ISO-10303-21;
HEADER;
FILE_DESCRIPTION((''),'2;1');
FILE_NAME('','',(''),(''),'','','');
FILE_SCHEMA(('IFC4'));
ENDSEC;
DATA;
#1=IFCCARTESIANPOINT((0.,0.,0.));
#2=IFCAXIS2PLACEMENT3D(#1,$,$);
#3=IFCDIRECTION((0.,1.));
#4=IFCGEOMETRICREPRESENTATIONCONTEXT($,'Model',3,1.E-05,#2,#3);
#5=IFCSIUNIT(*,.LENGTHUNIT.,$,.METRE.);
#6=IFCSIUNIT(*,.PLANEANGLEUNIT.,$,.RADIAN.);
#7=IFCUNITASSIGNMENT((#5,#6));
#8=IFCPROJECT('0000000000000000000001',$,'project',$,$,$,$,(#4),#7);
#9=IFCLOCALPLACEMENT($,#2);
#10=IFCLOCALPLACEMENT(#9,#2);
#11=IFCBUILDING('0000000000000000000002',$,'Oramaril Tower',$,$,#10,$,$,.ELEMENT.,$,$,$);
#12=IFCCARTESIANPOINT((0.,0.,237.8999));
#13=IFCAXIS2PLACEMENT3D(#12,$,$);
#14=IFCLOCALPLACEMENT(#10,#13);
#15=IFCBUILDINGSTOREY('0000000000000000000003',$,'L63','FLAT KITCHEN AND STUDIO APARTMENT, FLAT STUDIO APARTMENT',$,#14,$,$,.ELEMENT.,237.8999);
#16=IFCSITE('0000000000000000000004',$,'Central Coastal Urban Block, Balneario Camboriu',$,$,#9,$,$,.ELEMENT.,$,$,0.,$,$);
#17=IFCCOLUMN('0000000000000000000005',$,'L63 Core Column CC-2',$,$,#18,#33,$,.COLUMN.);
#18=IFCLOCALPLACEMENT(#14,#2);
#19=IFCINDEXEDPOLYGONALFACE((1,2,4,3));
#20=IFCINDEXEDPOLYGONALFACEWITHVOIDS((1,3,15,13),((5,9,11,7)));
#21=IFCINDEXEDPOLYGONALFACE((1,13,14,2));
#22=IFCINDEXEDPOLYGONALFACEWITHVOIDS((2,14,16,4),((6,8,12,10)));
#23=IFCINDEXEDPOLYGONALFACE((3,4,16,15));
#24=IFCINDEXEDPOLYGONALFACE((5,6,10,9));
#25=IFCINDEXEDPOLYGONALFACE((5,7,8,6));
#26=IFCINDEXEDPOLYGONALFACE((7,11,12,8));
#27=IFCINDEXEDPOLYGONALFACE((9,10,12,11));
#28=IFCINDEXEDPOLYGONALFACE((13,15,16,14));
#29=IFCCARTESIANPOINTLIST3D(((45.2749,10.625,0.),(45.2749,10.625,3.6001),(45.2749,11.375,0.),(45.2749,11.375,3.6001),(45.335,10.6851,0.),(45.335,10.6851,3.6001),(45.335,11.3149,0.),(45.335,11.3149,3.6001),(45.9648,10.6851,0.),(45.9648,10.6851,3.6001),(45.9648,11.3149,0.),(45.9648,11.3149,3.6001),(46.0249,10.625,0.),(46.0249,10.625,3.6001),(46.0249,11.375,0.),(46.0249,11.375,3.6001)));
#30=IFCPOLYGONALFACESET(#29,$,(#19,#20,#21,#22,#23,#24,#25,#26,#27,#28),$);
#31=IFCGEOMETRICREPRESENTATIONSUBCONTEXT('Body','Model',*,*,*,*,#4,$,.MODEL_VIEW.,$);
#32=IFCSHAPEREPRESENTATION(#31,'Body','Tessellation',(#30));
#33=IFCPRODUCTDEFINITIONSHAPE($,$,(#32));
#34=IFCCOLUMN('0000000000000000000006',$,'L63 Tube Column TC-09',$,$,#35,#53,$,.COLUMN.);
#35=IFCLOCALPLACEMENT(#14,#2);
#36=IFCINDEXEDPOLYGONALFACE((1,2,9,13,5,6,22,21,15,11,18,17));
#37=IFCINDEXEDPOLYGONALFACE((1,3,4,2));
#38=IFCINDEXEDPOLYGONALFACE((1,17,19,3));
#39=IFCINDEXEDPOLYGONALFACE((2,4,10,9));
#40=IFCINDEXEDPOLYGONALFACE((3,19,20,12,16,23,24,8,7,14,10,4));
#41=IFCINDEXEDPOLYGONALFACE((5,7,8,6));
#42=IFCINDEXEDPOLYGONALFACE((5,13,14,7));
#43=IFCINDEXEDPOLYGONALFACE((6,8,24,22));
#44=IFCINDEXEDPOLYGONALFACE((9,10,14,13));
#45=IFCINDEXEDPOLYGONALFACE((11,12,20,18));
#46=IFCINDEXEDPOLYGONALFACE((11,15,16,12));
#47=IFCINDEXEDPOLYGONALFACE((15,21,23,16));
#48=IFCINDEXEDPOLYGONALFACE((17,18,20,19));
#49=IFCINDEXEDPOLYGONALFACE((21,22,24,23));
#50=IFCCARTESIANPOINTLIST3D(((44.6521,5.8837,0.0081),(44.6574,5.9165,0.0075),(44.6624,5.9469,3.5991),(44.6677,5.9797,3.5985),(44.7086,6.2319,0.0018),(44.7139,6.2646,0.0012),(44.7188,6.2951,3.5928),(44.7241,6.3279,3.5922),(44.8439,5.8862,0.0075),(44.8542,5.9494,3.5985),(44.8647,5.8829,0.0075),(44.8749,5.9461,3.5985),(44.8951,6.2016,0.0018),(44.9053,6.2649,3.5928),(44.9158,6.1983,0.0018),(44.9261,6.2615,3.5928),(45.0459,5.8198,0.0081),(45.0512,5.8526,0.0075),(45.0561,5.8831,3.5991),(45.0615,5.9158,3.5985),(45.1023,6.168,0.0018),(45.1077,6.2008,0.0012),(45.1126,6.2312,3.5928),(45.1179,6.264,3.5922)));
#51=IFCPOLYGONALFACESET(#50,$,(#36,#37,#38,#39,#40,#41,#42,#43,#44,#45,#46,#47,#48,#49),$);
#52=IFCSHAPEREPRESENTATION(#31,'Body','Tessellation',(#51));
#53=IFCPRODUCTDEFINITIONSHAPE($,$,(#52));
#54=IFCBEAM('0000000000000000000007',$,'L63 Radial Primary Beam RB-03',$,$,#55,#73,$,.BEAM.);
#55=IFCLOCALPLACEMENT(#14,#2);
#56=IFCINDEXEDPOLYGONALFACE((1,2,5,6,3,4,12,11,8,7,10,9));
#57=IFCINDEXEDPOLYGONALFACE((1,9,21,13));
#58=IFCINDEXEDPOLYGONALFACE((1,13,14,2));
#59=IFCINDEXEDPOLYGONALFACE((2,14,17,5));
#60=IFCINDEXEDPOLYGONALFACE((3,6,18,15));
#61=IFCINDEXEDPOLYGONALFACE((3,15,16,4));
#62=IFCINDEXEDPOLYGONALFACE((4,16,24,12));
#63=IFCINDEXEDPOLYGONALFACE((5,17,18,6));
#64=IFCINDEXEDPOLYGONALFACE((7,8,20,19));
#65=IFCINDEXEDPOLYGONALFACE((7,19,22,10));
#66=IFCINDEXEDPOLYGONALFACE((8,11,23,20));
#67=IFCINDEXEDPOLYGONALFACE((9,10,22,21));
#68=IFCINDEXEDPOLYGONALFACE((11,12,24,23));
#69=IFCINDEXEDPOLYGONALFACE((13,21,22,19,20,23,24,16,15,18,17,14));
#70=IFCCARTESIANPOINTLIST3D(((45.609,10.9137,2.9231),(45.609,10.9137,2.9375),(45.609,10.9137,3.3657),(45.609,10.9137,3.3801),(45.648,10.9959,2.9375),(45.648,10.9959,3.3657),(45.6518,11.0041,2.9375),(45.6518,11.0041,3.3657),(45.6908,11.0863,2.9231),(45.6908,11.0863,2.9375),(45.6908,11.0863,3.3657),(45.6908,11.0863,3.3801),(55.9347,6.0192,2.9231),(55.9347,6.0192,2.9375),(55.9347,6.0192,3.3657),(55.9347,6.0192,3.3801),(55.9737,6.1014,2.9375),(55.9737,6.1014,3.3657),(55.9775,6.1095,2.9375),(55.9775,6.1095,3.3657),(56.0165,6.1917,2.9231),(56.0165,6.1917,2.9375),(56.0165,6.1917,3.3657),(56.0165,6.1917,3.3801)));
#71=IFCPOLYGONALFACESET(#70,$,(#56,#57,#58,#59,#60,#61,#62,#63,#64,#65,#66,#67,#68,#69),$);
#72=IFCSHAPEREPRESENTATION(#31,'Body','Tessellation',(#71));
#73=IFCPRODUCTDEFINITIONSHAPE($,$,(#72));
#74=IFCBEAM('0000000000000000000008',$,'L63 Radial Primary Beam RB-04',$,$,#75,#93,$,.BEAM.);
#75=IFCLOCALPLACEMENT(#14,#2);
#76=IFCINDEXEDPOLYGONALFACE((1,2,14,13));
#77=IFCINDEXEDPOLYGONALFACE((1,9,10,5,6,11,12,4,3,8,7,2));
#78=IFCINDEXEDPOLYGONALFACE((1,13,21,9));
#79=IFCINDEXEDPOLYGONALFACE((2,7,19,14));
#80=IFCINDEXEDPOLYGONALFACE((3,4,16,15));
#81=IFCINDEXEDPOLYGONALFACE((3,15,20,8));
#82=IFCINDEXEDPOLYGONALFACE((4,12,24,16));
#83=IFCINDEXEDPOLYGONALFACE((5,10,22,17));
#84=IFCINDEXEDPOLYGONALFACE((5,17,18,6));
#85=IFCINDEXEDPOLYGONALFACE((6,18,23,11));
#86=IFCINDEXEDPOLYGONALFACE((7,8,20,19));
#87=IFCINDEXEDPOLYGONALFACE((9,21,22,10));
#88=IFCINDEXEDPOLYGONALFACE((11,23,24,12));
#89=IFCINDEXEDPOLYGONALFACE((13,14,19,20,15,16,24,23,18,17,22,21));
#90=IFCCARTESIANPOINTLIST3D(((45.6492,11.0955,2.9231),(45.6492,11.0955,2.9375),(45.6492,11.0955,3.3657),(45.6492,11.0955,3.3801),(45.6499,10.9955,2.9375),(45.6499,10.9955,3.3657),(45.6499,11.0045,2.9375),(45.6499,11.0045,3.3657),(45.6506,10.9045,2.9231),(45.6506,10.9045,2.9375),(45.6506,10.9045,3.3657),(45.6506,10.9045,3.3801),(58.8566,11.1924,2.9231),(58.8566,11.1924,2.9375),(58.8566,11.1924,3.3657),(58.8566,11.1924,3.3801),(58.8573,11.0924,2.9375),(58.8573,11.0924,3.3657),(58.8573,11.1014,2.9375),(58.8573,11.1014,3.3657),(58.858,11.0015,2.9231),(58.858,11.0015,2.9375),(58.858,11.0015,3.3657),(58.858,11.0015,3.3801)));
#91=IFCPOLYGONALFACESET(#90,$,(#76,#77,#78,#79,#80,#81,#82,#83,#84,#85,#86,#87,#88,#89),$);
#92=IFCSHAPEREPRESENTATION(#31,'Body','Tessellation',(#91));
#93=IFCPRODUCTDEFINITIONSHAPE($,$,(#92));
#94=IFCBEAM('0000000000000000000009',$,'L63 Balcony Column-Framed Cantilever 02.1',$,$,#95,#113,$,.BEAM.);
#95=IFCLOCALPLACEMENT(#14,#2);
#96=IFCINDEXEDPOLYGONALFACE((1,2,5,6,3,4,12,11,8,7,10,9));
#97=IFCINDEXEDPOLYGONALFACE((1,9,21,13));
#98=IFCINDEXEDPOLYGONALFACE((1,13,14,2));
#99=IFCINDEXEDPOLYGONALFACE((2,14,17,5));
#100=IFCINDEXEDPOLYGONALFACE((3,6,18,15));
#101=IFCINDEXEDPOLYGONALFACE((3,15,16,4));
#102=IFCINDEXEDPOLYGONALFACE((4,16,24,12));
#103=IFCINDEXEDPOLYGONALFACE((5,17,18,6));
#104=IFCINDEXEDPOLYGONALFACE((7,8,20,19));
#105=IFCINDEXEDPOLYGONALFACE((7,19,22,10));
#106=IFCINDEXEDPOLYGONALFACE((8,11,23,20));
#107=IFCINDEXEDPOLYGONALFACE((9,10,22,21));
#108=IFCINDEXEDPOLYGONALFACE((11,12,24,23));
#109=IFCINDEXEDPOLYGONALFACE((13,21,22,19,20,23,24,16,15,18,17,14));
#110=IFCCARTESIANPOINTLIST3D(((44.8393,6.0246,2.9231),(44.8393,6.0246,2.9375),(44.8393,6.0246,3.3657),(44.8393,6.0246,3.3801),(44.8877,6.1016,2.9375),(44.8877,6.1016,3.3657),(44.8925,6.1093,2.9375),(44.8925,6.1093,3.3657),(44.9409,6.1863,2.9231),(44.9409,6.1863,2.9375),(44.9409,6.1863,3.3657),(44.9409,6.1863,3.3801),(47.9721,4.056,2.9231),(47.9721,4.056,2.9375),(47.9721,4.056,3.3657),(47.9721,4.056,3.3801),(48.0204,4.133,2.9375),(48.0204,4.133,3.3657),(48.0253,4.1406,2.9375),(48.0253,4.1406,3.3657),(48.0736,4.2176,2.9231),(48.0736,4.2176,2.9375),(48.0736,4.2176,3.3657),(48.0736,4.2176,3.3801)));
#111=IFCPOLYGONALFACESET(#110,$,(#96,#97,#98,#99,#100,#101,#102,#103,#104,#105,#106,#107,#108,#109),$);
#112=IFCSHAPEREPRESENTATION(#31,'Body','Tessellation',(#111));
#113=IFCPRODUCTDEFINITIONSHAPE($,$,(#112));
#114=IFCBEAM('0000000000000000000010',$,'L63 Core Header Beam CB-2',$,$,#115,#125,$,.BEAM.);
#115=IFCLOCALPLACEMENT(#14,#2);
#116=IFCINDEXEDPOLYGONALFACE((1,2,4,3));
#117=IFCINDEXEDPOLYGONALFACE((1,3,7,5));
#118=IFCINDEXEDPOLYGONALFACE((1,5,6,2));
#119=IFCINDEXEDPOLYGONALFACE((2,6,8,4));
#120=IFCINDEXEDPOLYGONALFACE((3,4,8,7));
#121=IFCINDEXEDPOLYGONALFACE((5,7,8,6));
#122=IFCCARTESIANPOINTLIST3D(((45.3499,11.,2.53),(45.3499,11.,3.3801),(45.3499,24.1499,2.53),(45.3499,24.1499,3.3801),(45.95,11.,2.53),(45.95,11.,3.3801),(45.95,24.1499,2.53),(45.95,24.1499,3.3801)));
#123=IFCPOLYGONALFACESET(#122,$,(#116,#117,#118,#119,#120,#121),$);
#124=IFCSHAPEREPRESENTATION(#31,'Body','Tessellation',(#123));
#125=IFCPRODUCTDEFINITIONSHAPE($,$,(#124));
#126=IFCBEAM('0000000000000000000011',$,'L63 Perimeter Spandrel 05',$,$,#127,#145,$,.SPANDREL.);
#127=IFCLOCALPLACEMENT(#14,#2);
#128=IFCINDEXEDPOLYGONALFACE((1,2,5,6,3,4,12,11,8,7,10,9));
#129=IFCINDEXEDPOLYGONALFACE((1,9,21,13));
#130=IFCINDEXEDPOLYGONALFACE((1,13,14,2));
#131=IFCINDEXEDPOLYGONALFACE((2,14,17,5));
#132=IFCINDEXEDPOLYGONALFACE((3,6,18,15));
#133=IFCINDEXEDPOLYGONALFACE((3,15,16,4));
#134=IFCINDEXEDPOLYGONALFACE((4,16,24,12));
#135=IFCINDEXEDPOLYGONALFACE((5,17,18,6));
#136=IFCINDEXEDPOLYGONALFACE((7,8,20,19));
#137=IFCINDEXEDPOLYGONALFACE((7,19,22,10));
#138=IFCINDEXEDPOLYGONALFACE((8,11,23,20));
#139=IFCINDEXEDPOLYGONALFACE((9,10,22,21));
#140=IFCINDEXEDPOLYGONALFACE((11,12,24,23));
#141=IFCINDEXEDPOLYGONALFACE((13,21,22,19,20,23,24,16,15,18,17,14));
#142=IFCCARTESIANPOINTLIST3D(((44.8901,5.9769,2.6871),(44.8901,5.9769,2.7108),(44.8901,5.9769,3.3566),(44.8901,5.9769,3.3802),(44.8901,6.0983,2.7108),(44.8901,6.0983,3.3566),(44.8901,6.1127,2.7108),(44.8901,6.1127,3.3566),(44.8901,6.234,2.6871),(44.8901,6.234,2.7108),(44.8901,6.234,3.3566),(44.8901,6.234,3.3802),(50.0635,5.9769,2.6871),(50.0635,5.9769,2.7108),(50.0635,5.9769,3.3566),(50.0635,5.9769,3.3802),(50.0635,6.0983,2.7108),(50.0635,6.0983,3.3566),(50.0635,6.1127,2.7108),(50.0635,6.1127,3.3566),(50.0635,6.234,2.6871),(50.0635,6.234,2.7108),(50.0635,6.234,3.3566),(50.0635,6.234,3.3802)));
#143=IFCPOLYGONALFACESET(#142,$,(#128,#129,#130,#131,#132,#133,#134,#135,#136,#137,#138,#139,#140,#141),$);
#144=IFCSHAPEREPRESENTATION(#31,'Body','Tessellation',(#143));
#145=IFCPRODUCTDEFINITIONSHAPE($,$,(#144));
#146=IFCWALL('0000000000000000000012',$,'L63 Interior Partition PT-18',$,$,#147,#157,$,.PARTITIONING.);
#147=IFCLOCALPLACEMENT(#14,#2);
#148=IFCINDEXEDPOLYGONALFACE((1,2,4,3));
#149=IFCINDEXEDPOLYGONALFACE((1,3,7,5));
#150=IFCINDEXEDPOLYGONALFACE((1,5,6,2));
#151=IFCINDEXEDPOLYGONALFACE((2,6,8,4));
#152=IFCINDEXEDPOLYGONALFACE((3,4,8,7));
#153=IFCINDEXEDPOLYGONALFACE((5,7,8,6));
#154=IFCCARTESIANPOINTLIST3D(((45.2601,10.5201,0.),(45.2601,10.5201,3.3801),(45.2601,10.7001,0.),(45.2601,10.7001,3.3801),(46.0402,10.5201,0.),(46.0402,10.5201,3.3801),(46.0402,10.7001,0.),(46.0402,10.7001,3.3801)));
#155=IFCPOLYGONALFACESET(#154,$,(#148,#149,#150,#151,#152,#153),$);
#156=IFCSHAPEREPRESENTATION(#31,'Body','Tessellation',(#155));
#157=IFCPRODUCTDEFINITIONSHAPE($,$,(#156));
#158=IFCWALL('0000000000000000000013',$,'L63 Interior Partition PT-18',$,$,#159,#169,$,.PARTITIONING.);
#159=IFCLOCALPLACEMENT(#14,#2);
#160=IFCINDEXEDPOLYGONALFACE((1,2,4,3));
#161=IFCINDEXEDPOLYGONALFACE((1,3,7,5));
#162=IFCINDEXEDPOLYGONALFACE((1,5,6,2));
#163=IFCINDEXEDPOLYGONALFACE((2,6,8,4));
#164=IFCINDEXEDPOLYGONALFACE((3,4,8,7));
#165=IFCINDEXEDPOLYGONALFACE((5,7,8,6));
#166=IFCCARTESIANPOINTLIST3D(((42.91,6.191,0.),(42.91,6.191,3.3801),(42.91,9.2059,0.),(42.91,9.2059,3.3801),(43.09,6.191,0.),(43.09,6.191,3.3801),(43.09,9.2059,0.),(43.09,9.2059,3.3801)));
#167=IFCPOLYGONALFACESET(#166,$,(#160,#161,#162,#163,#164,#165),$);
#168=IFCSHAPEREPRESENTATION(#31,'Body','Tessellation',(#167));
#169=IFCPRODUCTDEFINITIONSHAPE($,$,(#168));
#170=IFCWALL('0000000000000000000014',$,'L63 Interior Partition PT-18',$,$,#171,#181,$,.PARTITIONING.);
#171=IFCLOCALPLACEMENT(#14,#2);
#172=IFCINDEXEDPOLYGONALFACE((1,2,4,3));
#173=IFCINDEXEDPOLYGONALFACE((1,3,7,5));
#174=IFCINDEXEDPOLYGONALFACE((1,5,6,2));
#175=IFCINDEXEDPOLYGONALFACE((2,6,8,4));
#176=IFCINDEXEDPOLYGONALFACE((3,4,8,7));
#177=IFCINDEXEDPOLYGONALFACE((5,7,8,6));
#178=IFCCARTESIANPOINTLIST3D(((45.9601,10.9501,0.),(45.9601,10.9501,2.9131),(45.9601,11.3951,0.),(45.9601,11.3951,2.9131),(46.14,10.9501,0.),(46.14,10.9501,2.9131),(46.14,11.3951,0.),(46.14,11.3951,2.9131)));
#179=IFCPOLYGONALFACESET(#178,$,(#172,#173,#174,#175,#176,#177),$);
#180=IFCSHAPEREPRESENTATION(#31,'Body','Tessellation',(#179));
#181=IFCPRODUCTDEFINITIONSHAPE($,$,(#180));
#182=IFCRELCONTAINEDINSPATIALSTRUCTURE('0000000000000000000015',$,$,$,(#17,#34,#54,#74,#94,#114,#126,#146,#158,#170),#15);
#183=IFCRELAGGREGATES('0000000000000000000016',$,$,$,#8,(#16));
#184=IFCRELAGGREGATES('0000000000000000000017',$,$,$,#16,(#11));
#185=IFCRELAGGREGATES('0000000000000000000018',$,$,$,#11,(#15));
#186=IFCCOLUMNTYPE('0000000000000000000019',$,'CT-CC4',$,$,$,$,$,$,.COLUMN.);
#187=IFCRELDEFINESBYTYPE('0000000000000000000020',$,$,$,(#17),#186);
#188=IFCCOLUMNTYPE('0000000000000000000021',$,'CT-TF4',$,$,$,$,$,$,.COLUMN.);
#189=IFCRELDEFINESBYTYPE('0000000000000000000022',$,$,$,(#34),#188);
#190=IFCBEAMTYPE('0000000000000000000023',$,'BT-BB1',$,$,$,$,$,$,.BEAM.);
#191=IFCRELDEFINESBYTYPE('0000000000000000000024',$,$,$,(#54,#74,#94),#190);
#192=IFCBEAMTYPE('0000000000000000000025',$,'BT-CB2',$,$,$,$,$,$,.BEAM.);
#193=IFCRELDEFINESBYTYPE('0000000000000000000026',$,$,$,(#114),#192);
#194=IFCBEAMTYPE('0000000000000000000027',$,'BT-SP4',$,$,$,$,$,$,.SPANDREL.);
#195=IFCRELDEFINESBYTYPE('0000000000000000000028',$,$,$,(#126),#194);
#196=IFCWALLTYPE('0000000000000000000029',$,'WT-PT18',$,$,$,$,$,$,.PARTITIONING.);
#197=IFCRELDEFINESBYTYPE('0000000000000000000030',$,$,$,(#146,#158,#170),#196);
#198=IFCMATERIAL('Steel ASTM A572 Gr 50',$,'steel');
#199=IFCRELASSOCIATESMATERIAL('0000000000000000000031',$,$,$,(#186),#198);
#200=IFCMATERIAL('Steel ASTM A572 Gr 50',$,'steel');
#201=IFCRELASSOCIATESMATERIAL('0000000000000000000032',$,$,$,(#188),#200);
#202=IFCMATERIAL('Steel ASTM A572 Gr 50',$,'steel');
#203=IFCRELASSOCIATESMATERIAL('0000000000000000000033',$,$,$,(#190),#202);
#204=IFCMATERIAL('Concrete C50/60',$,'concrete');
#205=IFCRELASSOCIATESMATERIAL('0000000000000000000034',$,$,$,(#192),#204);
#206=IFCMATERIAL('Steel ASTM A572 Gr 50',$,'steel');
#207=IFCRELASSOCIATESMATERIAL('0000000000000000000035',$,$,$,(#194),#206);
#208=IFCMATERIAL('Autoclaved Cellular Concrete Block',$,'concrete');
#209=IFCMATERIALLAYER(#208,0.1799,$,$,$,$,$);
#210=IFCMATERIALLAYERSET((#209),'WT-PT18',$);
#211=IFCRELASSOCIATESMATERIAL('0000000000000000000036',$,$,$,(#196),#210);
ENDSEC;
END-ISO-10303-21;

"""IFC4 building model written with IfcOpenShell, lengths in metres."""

from ifc_helpers import new_model, si_unit, direction, frame, frame_2d, origin, origin_2d, place, context, subcontext, project, spatial, rectangle, hollow_rectangle, i_section, extrude, material, layer, layer_set, material_profile, profile_set, type_object, element, save


model = new_model("IFC4")

# Units and contexts
model_context = context("Model", 3, precision=1e-05, world=origin(), true_north=direction((0.0, 1.0)))
body_context = subcontext(model_context, "Body", "Model", "MODEL_VIEW")
ifc_project = project(units=[si_unit("LENGTHUNIT", "METRE"), si_unit("PLANEANGLEUNIT", "RADIAN")], contexts=[model_context])

# Site, building, storey
site_placement = place(None, origin())
site = spatial("IfcSite", under=ifc_project, at=site_placement, Name="Central Coastal Urban Block, Balneario Camboriu", CompositionType="ELEMENT", RefElevation=0.0)
building_placement = place(site_placement, origin())
building = spatial("IfcBuilding", under=site, at=building_placement, Name="Oramaril Tower", CompositionType="ELEMENT")
storey_placement = place(building_placement, frame((0.0, 0.0, 237.8999)))
storey = spatial("IfcBuildingStorey", under=building, at=storey_placement, Name="L63", Description="FLAT KITCHEN AND STUDIO APARTMENT, FLAT STUDIO APARTMENT", CompositionType="ELEMENT", Elevation=237.8999)

# Columns
ifc_material_1 = material(Name="Steel ASTM A572 Gr 50", Category="steel")
ifc_material_profile_1 = material_profile(ifc_material_1, hollow_rectangle(XDim=0.75, YDim=0.75, WallThickness=0.0601, at=origin_2d()), Name="BOX750X750X60")
ifc_profile_set_1 = profile_set([ifc_material_profile_1], Name="Steel ASTM A572 Gr 50")
column_type_1 = type_object("IfcColumnType", Name="CT-CC4", PredefinedType="COLUMN", material=ifc_profile_set_1)
column_1_placement = place(storey_placement, frame((45.6499, 11.0, 0.0), z_axis=(0.0, 0.0, 1.0), x_axis=(1.0, 0.0, 0.0)))
element("IfcColumn", 1, at=column_1_placement, inside=storey, type_object=column_type_1, Name="L63 Core Column CC-2", PredefinedType="COLUMN", context=body_context, shape_type="SweptSolid", body=[
    extrude(hollow_rectangle(XDim=0.75, YDim=0.75, WallThickness=0.0601, at=origin_2d()), origin(), (0.0, 0.0, 1.0), 3.6001),
])
ifc_material_2 = material(Name="Steel ASTM A572 Gr 50", Category="steel")
ifc_material_profile_2 = material_profile(ifc_material_2, i_section(OverallWidth=0.3989, OverallDepth=0.386, WebThickness=0.021, FlangeThickness=0.0332, at=origin_2d()), Name="W14X176")
ifc_profile_set_2 = profile_set([ifc_material_profile_2], Name="Steel ASTM A572 Gr 50")
column_type_2 = type_object("IfcColumnType", Name="CT-TF4", PredefinedType="COLUMN", material=ifc_profile_set_2)
column_2_placement = place(storey_placement, frame((44.8799, 6.0422, 0.0046), z_axis=(0.002855, 0.017605, 0.999841), x_axis=(-0.987105, 0.160071, 0.0)))
element("IfcColumn", 2, at=column_2_placement, inside=storey, type_object=column_type_2, Name="L63 Tube Column TC-09", PredefinedType="COLUMN", context=body_context, shape_type="SweptSolid", body=[
    extrude(i_section(OverallWidth=0.3989, OverallDepth=0.386, WebThickness=0.021, FlangeThickness=0.0332, at=origin_2d()), origin(), (0.0, 0.0, 1.0), 3.5916),
])

# Beams
ifc_material_3 = material(Name="Steel ASTM A572 Gr 50", Category="steel")
ifc_material_profile_3 = material_profile(ifc_material_3, i_section(OverallWidth=0.1909, OverallDepth=0.457, WebThickness=0.009, FlangeThickness=0.0144, at=origin_2d()), Name="W18X50")
ifc_profile_set_3 = profile_set([ifc_material_profile_3], Name="Steel ASTM A572 Gr 50")
beam_type_1 = type_object("IfcBeamType", Name="BT-BB1", PredefinedType="BEAM", material=ifc_profile_set_3)
beam_1_placement = place(storey_placement, frame((45.6499, 11.0, 3.1516), z_axis=(0.903622, -0.428331, 0.0), x_axis=(0.428331, 0.903622, 0.0)))
element("IfcBeam", 3, at=beam_1_placement, inside=storey, type_object=beam_type_1, Name="L63 Radial Primary Beam RB-03", PredefinedType="BEAM", context=body_context, shape_type="SweptSolid", body=[
    extrude(i_section(OverallWidth=0.1909, OverallDepth=0.457, WebThickness=0.009, FlangeThickness=0.0144, at=origin_2d()), origin(), (0.0, 0.0, 1.0), 11.427),
])
beam_2_placement = place(storey_placement, frame((45.6499, 11.0, 3.1516), z_axis=(0.999973, 0.007338, 0.0), x_axis=(-0.007338, 0.999973, 0.0)))
element("IfcBeam", 4, at=beam_2_placement, inside=storey, type_object=beam_type_1, Name="L63 Radial Primary Beam RB-04", PredefinedType="BEAM", context=body_context, shape_type="SweptSolid", body=[
    extrude(i_section(OverallWidth=0.1909, OverallDepth=0.457, WebThickness=0.009, FlangeThickness=0.0144, at=origin_2d()), origin(), (0.0, 0.0, 1.0), 13.2078),
])
beam_3_placement = place(storey_placement, frame((44.8901, 6.1055, 3.1516), z_axis=(0.846691, -0.532085, 0.0), x_axis=(0.532085, 0.846691, 0.0)))
element("IfcBeam", 5, at=beam_3_placement, inside=storey, type_object=beam_type_1, Name="L63 Balcony Column-Framed Cantilever 02.1", PredefinedType="BEAM", context=body_context, shape_type="SweptSolid", body=[
    extrude(i_section(OverallWidth=0.1909, OverallDepth=0.457, WebThickness=0.009, FlangeThickness=0.0144, at=origin_2d()), origin(), (0.0, 0.0, 1.0), 3.7),
])
ifc_material_4 = material(Name="Concrete C50/60", Category="concrete")
ifc_material_profile_4 = material_profile(ifc_material_4, rectangle(XDim=0.6001, YDim=0.8501, at=origin_2d()), Name="CB600X850")
ifc_profile_set_4 = profile_set([ifc_material_profile_4], Name="Concrete C50/60")
beam_type_2 = type_object("IfcBeamType", Name="BT-CB2", PredefinedType="BEAM", material=ifc_profile_set_4)
beam_4_placement = place(storey_placement, frame((45.6499, 11.0, 2.9551), z_axis=(0.0, 1.0, 0.0), x_axis=(-1.0, 0.0, 0.0)))
element("IfcBeam", 6, at=beam_4_placement, inside=storey, type_object=beam_type_2, Name="L63 Core Header Beam CB-2", PredefinedType="BEAM", context=body_context, shape_type="SweptSolid", body=[
    extrude(rectangle(XDim=0.6001, YDim=0.8501, at=origin_2d()), origin(), (0.0, 0.0, 1.0), 13.1499),
])
ifc_material_5 = material(Name="Steel ASTM A572 Gr 50", Category="steel")
ifc_material_profile_5 = material_profile(ifc_material_5, i_section(OverallWidth=0.2571, OverallDepth=0.6931, WebThickness=0.0144, FlangeThickness=0.0237, at=origin_2d()), Name="W27X114")
ifc_profile_set_5 = profile_set([ifc_material_profile_5], Name="Steel ASTM A572 Gr 50")
beam_type_3 = type_object("IfcBeamType", Name="BT-SP4", PredefinedType="SPANDREL", material=ifc_profile_set_5)
beam_5_placement = place(storey_placement, frame((44.8901, 6.1055, 3.0337), z_axis=(1.0, 0.0, 0.0), x_axis=(0.0, 1.0, 0.0)))
element("IfcBeam", 7, at=beam_5_placement, inside=storey, type_object=beam_type_3, Name="L63 Perimeter Spandrel 05", PredefinedType="SPANDREL", context=body_context, shape_type="SweptSolid", body=[
    extrude(i_section(OverallWidth=0.2571, OverallDepth=0.6931, WebThickness=0.0144, FlangeThickness=0.0237, at=origin_2d()), origin(), (0.0, 0.0, 1.0), 5.1733),
])

# Walls
ifc_material_6 = material(Name="Autoclaved Cellular Concrete Block", Category="concrete")
ifc_layer_1 = layer(ifc_material_6, 0.1799)
ifc_layer_set_1 = layer_set([ifc_layer_1], Name="WT-PT18")
wall_type_1 = type_object("IfcWallType", Name="WT-PT18", PredefinedType="PARTITIONING", material=ifc_layer_set_1)
wall_1_placement = place(storey_placement, frame((45.26, 10.6101, 0.0), z_axis=(0.0, 0.0, 1.0), x_axis=(1.0, 0.0, 0.0)))
element("IfcWall", 8, at=wall_1_placement, inside=storey, type_object=wall_type_1, Name="L63 Interior Partition PT-18", PredefinedType="PARTITIONING", context=body_context, shape_type="SweptSolid", body=[
    extrude(rectangle(XDim=0.78, YDim=0.1799, at=frame_2d((0.3901, 0.0))), origin(), (0.0, 0.0, 1.0), 3.3801),
])
wall_2_placement = place(storey_placement, frame((43.0, 6.1912, 0.0), z_axis=(0.0, 0.0, 1.0), x_axis=(0.0, 1.0, 0.0)))
element("IfcWall", 9, at=wall_2_placement, inside=storey, type_object=wall_type_1, Name="L63 Interior Partition PT-18", PredefinedType="PARTITIONING", context=body_context, shape_type="SweptSolid", body=[
    extrude(rectangle(XDim=3.0149, YDim=0.1799, at=frame_2d((1.5073, 0.0))), origin(), (0.0, 0.0, 1.0), 3.3801),
])
wall_3_placement = place(storey_placement, frame((46.05, 10.95, 0.0), z_axis=(0.0, 0.0, 1.0), x_axis=(0.0, 1.0, 0.0)))
element("IfcWall", 10, at=wall_3_placement, inside=storey, type_object=wall_type_1, Name="L63 Interior Partition PT-18", PredefinedType="PARTITIONING", context=body_context, shape_type="SweptSolid", body=[
    extrude(rectangle(XDim=0.4451, YDim=0.1799, at=frame_2d((0.2227, 0.0))), origin(), (0.0, 0.0, 1.0), 2.9131),
])

save(model, "model.ifc")
